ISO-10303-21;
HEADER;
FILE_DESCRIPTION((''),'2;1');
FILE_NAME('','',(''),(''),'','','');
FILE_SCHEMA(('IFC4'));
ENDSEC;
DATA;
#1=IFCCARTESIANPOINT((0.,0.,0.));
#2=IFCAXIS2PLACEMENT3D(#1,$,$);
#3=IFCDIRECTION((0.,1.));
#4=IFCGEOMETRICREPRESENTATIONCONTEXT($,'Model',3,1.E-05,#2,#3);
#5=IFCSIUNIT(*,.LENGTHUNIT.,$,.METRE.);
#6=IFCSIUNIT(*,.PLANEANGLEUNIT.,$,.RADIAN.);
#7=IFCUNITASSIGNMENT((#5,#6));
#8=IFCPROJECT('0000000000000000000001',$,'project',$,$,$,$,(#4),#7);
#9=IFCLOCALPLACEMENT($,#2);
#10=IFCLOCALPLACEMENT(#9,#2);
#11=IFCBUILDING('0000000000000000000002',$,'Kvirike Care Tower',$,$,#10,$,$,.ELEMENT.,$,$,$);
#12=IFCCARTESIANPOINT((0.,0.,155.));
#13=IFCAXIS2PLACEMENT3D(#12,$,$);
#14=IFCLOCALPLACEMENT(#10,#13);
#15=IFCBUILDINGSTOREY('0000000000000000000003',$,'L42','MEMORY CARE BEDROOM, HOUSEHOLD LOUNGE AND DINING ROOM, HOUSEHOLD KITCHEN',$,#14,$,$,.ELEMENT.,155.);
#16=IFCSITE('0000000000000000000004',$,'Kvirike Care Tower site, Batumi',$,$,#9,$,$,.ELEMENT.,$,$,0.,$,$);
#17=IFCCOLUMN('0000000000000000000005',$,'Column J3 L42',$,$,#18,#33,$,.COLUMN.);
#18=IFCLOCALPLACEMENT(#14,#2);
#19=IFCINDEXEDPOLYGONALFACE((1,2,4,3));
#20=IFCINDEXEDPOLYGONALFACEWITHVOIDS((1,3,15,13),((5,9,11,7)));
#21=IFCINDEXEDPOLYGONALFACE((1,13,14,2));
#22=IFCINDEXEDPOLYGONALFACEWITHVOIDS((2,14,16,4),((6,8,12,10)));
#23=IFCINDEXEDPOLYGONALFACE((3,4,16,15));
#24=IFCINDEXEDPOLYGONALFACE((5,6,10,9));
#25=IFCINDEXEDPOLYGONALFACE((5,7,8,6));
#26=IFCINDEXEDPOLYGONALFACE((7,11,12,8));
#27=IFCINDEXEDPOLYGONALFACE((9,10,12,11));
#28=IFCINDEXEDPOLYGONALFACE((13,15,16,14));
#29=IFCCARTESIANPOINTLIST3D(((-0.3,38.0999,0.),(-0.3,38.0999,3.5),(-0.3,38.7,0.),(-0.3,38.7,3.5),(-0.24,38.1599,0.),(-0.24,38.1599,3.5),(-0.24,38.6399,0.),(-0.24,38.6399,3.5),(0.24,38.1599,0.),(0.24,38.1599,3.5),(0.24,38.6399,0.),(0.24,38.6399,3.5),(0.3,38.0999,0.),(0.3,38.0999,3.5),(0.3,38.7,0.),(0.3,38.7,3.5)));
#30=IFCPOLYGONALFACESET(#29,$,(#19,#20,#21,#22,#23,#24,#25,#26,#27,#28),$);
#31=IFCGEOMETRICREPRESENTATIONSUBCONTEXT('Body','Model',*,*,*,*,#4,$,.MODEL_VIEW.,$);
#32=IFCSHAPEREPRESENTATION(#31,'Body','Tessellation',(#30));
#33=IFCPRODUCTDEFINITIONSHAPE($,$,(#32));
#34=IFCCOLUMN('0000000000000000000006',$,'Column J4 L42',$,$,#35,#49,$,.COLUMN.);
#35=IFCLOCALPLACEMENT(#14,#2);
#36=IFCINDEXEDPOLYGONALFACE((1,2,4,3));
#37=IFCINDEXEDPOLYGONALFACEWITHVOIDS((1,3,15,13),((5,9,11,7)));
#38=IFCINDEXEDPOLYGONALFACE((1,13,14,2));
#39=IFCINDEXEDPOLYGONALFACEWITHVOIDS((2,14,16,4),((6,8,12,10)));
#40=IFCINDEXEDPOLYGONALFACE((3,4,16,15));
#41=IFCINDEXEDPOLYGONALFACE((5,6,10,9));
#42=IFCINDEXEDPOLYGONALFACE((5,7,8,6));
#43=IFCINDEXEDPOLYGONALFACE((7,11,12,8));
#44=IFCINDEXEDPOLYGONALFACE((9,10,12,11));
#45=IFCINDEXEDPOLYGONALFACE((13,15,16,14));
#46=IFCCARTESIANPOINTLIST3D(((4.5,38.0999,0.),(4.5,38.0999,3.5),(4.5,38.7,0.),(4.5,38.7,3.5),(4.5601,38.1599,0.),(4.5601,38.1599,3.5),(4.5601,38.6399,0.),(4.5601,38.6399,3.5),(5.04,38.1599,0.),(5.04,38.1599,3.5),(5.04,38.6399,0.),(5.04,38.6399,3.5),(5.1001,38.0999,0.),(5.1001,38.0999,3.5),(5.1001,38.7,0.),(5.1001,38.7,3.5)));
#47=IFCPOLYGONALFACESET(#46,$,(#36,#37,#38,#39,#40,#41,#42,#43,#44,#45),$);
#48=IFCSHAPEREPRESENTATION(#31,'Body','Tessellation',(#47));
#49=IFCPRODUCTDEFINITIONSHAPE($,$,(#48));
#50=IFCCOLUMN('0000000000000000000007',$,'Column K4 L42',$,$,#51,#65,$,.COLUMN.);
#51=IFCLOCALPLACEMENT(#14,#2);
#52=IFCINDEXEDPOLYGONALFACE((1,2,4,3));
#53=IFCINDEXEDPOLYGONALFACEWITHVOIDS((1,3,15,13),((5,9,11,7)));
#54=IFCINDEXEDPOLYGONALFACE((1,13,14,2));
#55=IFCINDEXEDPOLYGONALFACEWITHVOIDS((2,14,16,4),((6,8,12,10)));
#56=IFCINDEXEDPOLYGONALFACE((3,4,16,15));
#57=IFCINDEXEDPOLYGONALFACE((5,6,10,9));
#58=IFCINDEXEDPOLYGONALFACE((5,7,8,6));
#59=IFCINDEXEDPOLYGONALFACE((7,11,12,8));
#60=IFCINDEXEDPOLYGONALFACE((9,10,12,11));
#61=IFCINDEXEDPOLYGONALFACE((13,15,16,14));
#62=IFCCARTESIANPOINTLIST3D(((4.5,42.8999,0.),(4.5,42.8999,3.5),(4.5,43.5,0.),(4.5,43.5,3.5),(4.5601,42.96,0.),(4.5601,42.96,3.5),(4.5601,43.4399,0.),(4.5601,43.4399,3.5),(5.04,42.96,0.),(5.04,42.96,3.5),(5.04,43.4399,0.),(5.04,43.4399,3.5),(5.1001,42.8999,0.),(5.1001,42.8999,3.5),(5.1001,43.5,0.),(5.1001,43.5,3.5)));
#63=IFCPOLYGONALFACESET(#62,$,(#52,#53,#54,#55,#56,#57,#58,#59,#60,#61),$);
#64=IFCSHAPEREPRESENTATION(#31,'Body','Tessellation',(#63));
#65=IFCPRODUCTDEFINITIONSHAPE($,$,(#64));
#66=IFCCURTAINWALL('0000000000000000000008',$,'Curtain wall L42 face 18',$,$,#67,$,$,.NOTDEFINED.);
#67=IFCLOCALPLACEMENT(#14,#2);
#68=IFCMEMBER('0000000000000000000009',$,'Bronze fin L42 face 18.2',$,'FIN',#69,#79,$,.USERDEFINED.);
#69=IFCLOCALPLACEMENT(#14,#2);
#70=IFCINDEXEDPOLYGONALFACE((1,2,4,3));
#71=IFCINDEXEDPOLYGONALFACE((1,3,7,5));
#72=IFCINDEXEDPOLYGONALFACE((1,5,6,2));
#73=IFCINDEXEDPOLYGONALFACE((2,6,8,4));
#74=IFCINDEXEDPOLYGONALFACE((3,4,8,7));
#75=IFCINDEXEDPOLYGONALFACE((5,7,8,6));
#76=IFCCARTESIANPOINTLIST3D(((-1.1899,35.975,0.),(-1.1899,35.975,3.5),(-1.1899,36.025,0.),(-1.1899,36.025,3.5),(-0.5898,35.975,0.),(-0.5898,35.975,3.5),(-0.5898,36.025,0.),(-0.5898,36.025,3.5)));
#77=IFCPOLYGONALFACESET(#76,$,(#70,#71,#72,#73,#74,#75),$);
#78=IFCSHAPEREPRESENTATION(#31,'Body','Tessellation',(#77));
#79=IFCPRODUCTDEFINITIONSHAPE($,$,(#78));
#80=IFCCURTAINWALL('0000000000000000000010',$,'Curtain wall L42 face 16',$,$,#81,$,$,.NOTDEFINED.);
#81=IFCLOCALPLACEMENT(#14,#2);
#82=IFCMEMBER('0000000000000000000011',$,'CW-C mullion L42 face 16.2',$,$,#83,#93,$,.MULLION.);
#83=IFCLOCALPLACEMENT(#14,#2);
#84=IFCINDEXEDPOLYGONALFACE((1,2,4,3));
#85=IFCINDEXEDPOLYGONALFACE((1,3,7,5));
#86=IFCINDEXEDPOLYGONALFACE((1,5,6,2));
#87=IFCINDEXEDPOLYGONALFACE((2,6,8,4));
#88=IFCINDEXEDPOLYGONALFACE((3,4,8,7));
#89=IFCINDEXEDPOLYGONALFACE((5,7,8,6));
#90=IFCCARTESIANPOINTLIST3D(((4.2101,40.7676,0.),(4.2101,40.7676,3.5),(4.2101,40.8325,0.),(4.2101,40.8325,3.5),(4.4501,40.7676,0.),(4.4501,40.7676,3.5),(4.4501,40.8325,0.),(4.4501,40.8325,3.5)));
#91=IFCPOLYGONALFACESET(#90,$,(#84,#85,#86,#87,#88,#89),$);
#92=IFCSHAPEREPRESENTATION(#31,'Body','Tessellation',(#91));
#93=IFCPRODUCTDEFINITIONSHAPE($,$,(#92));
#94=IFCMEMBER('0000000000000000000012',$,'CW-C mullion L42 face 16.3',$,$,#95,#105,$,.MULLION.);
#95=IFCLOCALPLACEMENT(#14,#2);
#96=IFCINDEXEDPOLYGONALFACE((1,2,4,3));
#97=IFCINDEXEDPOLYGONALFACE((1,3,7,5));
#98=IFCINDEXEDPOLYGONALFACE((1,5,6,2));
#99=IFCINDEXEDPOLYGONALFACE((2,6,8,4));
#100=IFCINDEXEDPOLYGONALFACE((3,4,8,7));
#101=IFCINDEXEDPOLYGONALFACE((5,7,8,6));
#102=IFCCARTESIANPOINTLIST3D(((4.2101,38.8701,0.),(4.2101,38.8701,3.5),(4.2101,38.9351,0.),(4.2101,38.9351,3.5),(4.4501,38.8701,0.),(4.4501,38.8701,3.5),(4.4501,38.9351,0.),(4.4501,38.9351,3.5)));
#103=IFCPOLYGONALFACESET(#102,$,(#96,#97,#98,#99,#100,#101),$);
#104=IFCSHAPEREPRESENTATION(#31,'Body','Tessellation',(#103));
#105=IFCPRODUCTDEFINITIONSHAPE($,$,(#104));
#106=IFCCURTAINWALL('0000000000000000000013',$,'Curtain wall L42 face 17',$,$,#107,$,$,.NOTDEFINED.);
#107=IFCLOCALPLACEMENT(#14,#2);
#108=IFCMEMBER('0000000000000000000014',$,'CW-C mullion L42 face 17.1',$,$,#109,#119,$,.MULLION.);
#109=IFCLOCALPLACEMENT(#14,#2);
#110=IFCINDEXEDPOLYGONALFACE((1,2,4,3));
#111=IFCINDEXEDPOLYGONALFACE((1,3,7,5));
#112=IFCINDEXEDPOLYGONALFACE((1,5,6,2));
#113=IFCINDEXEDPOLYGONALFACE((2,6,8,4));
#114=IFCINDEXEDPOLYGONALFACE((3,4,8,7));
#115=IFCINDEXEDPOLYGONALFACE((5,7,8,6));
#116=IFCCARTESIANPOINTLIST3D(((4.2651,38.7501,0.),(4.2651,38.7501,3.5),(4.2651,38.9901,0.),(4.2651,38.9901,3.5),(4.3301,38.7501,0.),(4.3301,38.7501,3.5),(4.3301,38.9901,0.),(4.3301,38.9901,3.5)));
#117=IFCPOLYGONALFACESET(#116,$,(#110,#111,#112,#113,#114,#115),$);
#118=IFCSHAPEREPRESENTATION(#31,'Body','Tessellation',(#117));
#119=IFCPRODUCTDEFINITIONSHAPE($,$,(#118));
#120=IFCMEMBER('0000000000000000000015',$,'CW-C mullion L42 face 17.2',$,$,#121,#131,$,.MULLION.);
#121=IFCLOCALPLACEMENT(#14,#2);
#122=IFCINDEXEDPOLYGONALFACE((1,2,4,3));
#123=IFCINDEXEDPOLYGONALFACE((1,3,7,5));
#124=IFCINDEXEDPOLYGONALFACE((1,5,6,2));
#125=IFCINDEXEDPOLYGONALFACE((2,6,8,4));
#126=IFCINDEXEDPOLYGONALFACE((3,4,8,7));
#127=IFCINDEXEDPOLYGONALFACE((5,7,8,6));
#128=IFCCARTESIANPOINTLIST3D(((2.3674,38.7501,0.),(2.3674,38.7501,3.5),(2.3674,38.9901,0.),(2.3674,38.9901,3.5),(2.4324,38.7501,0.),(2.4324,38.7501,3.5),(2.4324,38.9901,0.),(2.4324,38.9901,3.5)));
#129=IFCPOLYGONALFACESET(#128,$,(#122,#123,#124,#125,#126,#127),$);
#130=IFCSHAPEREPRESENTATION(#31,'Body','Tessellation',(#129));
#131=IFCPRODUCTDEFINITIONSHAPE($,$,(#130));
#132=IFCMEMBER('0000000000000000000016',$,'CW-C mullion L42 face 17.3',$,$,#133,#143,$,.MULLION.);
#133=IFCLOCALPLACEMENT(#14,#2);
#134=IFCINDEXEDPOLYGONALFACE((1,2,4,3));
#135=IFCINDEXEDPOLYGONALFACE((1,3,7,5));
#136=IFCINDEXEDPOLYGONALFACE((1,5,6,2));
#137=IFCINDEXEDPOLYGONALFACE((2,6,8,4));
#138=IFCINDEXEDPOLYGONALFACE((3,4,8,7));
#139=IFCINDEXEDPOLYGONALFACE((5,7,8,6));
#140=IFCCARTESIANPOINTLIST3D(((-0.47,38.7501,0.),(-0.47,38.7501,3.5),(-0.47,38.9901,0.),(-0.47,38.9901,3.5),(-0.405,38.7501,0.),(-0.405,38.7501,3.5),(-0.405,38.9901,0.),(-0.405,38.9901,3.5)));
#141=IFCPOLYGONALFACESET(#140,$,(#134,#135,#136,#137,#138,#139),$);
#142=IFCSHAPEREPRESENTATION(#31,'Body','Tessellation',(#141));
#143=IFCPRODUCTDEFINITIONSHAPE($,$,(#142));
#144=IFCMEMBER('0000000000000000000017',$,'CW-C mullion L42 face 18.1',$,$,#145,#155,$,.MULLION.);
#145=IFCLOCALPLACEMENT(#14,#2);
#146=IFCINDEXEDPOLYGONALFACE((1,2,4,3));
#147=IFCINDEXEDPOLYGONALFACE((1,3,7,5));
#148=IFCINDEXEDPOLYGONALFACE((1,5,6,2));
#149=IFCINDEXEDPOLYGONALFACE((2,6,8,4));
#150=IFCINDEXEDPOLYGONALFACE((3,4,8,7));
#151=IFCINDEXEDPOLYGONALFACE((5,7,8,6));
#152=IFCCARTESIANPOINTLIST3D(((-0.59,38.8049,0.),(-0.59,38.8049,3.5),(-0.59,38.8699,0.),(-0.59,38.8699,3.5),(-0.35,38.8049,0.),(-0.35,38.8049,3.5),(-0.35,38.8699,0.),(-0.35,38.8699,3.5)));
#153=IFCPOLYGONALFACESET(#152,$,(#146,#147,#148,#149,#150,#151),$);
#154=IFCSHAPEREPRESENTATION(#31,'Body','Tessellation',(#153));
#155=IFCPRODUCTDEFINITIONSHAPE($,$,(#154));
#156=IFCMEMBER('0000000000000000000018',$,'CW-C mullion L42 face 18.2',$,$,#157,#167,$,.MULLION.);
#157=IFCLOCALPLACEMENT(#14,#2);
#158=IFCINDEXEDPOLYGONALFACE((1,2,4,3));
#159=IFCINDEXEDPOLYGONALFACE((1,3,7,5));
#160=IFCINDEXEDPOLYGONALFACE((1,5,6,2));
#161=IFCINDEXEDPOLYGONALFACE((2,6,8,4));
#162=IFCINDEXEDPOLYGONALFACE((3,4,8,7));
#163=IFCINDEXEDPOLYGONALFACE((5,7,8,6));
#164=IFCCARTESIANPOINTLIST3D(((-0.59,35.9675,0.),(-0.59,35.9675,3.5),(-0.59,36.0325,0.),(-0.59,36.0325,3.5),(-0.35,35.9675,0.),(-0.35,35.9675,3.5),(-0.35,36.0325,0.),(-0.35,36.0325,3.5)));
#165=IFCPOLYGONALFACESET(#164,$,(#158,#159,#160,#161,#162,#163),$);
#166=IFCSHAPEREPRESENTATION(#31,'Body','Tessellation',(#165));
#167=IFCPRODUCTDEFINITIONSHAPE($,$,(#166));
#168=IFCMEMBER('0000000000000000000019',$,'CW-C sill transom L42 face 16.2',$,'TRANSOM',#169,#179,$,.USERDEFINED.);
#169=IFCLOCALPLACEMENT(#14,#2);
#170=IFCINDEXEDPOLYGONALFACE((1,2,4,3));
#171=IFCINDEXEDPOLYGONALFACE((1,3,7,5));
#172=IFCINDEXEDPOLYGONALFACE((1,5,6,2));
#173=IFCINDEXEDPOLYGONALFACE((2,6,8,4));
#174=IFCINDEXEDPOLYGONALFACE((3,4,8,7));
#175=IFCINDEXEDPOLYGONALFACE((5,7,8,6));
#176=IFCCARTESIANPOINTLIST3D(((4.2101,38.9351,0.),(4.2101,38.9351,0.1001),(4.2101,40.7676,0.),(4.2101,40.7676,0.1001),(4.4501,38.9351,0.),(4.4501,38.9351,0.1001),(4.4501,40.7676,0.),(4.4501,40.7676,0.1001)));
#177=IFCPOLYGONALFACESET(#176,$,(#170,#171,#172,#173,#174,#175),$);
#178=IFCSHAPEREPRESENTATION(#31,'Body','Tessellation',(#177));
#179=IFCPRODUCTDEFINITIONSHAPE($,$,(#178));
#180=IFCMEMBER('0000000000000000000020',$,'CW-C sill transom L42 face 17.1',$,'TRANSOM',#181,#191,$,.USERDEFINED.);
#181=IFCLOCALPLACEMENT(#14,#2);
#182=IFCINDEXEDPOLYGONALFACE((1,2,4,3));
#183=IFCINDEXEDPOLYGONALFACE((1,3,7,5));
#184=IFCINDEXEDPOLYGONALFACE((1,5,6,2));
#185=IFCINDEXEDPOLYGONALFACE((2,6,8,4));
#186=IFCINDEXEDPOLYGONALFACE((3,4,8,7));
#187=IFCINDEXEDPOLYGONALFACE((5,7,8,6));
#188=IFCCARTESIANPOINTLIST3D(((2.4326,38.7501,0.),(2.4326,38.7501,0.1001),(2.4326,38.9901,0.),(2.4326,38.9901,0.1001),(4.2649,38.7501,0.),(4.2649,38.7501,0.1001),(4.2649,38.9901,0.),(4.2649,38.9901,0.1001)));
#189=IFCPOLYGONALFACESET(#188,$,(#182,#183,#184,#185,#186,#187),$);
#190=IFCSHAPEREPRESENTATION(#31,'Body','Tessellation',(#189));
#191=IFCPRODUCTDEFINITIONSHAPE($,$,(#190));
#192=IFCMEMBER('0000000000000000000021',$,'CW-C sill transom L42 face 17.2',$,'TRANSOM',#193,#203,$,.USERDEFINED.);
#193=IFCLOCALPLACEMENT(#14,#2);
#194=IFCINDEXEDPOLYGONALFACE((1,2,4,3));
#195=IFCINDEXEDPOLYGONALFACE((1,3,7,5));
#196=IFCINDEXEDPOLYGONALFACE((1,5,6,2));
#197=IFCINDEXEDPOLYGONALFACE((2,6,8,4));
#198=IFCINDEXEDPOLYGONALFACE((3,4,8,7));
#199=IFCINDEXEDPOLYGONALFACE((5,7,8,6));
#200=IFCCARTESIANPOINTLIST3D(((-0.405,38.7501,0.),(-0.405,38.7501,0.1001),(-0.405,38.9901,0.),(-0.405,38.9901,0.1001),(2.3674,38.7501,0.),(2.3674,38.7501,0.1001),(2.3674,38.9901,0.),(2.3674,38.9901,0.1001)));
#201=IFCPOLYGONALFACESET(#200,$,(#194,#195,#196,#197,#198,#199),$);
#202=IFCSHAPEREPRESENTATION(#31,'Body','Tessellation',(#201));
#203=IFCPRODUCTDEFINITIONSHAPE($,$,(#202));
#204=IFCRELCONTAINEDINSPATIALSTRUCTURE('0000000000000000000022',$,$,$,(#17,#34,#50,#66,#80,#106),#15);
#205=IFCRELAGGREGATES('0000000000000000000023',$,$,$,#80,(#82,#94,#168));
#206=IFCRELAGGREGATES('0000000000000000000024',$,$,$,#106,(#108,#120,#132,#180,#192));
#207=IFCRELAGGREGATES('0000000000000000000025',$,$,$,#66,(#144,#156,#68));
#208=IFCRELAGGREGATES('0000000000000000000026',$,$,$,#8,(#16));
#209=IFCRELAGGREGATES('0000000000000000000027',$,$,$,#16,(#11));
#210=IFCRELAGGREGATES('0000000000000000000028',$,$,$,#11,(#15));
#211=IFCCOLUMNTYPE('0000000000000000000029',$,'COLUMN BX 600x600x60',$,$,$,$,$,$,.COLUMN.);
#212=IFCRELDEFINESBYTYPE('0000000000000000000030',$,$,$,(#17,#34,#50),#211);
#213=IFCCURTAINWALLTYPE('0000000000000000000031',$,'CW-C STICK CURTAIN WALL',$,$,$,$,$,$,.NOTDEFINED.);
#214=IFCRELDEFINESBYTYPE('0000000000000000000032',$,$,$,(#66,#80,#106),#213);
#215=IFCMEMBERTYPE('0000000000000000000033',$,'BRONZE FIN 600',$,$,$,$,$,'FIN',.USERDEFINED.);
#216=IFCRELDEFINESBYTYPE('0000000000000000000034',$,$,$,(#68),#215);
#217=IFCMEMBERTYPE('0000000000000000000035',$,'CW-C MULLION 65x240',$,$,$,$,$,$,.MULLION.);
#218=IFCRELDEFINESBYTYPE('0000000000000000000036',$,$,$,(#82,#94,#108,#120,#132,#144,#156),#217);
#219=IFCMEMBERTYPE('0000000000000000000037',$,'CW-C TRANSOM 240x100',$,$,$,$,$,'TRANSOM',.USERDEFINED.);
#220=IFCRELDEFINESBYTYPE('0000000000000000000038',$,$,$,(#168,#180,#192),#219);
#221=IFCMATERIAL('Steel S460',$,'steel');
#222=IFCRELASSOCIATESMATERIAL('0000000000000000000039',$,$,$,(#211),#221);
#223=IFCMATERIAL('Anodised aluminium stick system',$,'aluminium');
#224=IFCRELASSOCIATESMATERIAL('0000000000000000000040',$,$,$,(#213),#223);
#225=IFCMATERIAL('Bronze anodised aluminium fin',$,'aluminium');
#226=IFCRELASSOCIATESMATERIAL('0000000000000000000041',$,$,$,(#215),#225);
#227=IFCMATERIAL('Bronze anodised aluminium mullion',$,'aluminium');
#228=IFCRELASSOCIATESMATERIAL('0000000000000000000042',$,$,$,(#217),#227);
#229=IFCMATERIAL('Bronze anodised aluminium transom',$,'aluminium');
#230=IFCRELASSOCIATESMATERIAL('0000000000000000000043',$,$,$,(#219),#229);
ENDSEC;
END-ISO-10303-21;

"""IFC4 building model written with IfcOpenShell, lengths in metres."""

from ifc_helpers import new_model, si_unit, direction, frame, origin, origin_2d, place, context, subcontext, project, spatial, rectangle, hollow_rectangle, extrude, material, material_profile, profile_set, type_object, element, aggregate, save


model = new_model("IFC4")

# Units and contexts
model_context = context("Model", 3, precision=1e-05, world=origin(), true_north=direction((0.0, 1.0)))
body_context = subcontext(model_context, "Body", "Model", "MODEL_VIEW")
ifc_project = project(units=[si_unit("LENGTHUNIT", "METRE"), si_unit("PLANEANGLEUNIT", "RADIAN")], contexts=[model_context])

# Site, building, storey
site_placement = place(None, origin())
site = spatial("IfcSite", under=ifc_project, at=site_placement, Name="Kvirike Care Tower site, Batumi", CompositionType="ELEMENT", RefElevation=0.0)
building_placement = place(site_placement, origin())
building = spatial("IfcBuilding", under=site, at=building_placement, Name="Kvirike Care Tower", CompositionType="ELEMENT")
storey_placement = place(building_placement, frame((0.0, 0.0, 155.0)))
storey = spatial("IfcBuildingStorey", under=building, at=storey_placement, Name="L42", Description="MEMORY CARE BEDROOM, HOUSEHOLD LOUNGE AND DINING ROOM, HOUSEHOLD KITCHEN", CompositionType="ELEMENT", Elevation=155.0)

# Columns
ifc_material_1 = material(Name="Steel S460", Category="steel")
ifc_material_profile_1 = material_profile(ifc_material_1, hollow_rectangle(XDim=0.6001, YDim=0.6001, WallThickness=0.0601, at=origin_2d()), Name="BX 600x600x60")
ifc_profile_set_1 = profile_set([ifc_material_profile_1], Name="Steel S460")
column_type = type_object("IfcColumnType", Name="COLUMN BX 600x600x60", PredefinedType="COLUMN", material=ifc_profile_set_1)
for number, where, z_axis, x_axis, name in (
    (1, (0.0, 38.3999, 0.0), (0.0, 0.0, 1.0), (0.0, 1.0, 0.0), "Column J3 L42"),
    (2, (4.8, 38.3999, 0.0), (0.0, 0.0, 1.0), (0.0, 1.0, 0.0), "Column J4 L42"),
    (3, (4.8, 43.2, 0.0), (0.0, 0.0, 1.0), (0.0, 1.0, 0.0), "Column K4 L42"),
):
    element("IfcColumn", number, at=place(storey_placement, frame(where, z_axis=z_axis, x_axis=x_axis)), inside=storey, type_object=column_type, Name=name, PredefinedType="COLUMN", context=body_context, shape_type="SweptSolid", body=[
        extrude(hollow_rectangle(XDim=0.6001, YDim=0.6001, WallThickness=0.0601, at=origin_2d()), origin(), (0.0, 0.0, 1.0), 3.5),
    ])

# Curtain wall, member
ifc_material_2 = material(Name="Anodised aluminium stick system", Category="aluminium")
curtain_wall_type = type_object("IfcCurtainWallType", Name="CW-C STICK CURTAIN WALL", PredefinedType="NOTDEFINED", material=ifc_material_2)
curtain_wall_1_placement = place(storey_placement, origin())
curtain_wall_1 = element("IfcCurtainWall", 4, at=curtain_wall_1_placement, inside=storey, type_object=curtain_wall_type, Name="Curtain wall L42 face 18", PredefinedType="NOTDEFINED")
ifc_material_3 = material(Name="Bronze anodised aluminium fin", Category="aluminium")
ifc_material_profile_2 = material_profile(ifc_material_3, rectangle(XDim=0.05, YDim=0.6001, at=origin_2d()), Name="BRONZE FIN 600")
ifc_profile_set_2 = profile_set([ifc_material_profile_2], Name="Bronze anodised aluminium fin")
member_type_1 = type_object("IfcMemberType", Name="BRONZE FIN 600", ElementType="FIN", PredefinedType="USERDEFINED", material=ifc_profile_set_2)
member_1_placement = place(storey_placement, frame((-0.8899, 36.0, 0.0), z_axis=(0.0, 0.0, 1.0), x_axis=(0.0, -1.0, 0.0)))
member_1 = element("IfcMember", 5, at=member_1_placement, type_object=member_type_1, Name="Bronze fin L42 face 18.2", ObjectType="FIN", PredefinedType="USERDEFINED", context=body_context, shape_type="SweptSolid", body=[
    extrude(rectangle(XDim=0.05, YDim=0.6001, at=origin_2d()), origin(), (0.0, 0.0, 1.0), 3.5),
])

# Curtain walls, members
curtain_wall_2_placement = place(storey_placement, origin())
curtain_wall_2 = element("IfcCurtainWall", 6, at=curtain_wall_2_placement, inside=storey, type_object=curtain_wall_type, Name="Curtain wall L42 face 16", PredefinedType="NOTDEFINED")
ifc_material_4 = material(Name="Bronze anodised aluminium mullion", Category="aluminium")
ifc_material_profile_3 = material_profile(ifc_material_4, rectangle(XDim=0.0649, YDim=0.24, at=origin_2d()), Name="CW-C MULLION 65x240")
ifc_profile_set_3 = profile_set([ifc_material_profile_3], Name="Bronze anodised aluminium mullion")
member_type_2 = type_object("IfcMemberType", Name="CW-C MULLION 65x240", PredefinedType="MULLION", material=ifc_profile_set_3)
member_2_placement = place(storey_placement, frame((4.3301, 40.8, 0.0), z_axis=(0.0, 0.0, 1.0), x_axis=(0.0, -1.0, 0.0)))
member_2 = element("IfcMember", 7, at=member_2_placement, type_object=member_type_2, Name="CW-C mullion L42 face 16.2", PredefinedType="MULLION", context=body_context, shape_type="SweptSolid", body=[
    extrude(rectangle(XDim=0.0649, YDim=0.24, at=origin_2d()), origin(), (0.0, 0.0, 1.0), 3.5),
])
member_3_placement = place(storey_placement, frame((4.3301, 38.9026, 0.0), z_axis=(0.0, 0.0, 1.0), x_axis=(0.0, -1.0, 0.0)))
member_3 = element("IfcMember", 8, at=member_3_placement, type_object=member_type_2, Name="CW-C mullion L42 face 16.3", PredefinedType="MULLION", context=body_context, shape_type="SweptSolid", body=[
    extrude(rectangle(XDim=0.0649, YDim=0.24, at=origin_2d()), origin(), (0.0, 0.0, 1.0), 3.5),
])
curtain_wall_3_placement = place(storey_placement, origin())
curtain_wall_3 = element("IfcCurtainWall", 9, at=curtain_wall_3_placement, inside=storey, type_object=curtain_wall_type, Name="Curtain wall L42 face 17", PredefinedType="NOTDEFINED")
member_4_placement = place(storey_placement, frame((4.2976, 38.8701, 0.0), z_axis=(0.0, 0.0, 1.0), x_axis=(-1.0, 0.0, 0.0)))
member_4 = element("IfcMember", 10, at=member_4_placement, type_object=member_type_2, Name="CW-C mullion L42 face 17.1", PredefinedType="MULLION", context=body_context, shape_type="SweptSolid", body=[
    extrude(rectangle(XDim=0.0649, YDim=0.24, at=origin_2d()), origin(), (0.0, 0.0, 1.0), 3.5),
])
member_5_placement = place(storey_placement, frame((2.3999, 38.8701, 0.0), z_axis=(0.0, 0.0, 1.0), x_axis=(-1.0, 0.0, 0.0)))
member_5 = element("IfcMember", 11, at=member_5_placement, type_object=member_type_2, Name="CW-C mullion L42 face 17.2", PredefinedType="MULLION", context=body_context, shape_type="SweptSolid", body=[
    extrude(rectangle(XDim=0.0649, YDim=0.24, at=origin_2d()), origin(), (0.0, 0.0, 1.0), 3.5),
])
member_6_placement = place(storey_placement, frame((-0.4375, 38.8701, 0.0), z_axis=(0.0, 0.0, 1.0), x_axis=(-1.0, 0.0, 0.0)))
member_6 = element("IfcMember", 12, at=member_6_placement, type_object=member_type_2, Name="CW-C mullion L42 face 17.3", PredefinedType="MULLION", context=body_context, shape_type="SweptSolid", body=[
    extrude(rectangle(XDim=0.0649, YDim=0.24, at=origin_2d()), origin(), (0.0, 0.0, 1.0), 3.5),
])

# Members
member_7_placement = place(storey_placement, frame((-0.47, 38.8374, 0.0), z_axis=(0.0, 0.0, 1.0), x_axis=(0.0, -1.0, 0.0)))
member_7 = element("IfcMember", 13, at=member_7_placement, type_object=member_type_2, Name="CW-C mullion L42 face 18.1", PredefinedType="MULLION", context=body_context, shape_type="SweptSolid", body=[
    extrude(rectangle(XDim=0.0649, YDim=0.24, at=origin_2d()), origin(), (0.0, 0.0, 1.0), 3.5),
])
member_8_placement = place(storey_placement, frame((-0.47, 36.0, 0.0), z_axis=(0.0, 0.0, 1.0), x_axis=(0.0, -1.0, 0.0)))
member_8 = element("IfcMember", 14, at=member_8_placement, type_object=member_type_2, Name="CW-C mullion L42 face 18.2", PredefinedType="MULLION", context=body_context, shape_type="SweptSolid", body=[
    extrude(rectangle(XDim=0.0649, YDim=0.24, at=origin_2d()), origin(), (0.0, 0.0, 1.0), 3.5),
])
ifc_material_5 = material(Name="Bronze anodised aluminium transom", Category="aluminium")
ifc_material_profile_4 = material_profile(ifc_material_5, rectangle(XDim=0.24, YDim=0.1001, at=origin_2d()), Name="CW-C TRANSOM 240x100")
ifc_profile_set_4 = profile_set([ifc_material_profile_4], Name="Bronze anodised aluminium transom")
member_type_3 = type_object("IfcMemberType", Name="CW-C TRANSOM 240x100", ElementType="TRANSOM", PredefinedType="USERDEFINED", material=ifc_profile_set_4)
member_9_placement = place(storey_placement, frame((4.3301, 40.7676, 0.05), z_axis=(0.0, -1.0, 0.0), x_axis=(1.0, 0.0, 0.0)))
member_9 = element("IfcMember", 15, at=member_9_placement, type_object=member_type_3, Name="CW-C sill transom L42 face 16.2", ObjectType="TRANSOM", PredefinedType="USERDEFINED", context=body_context, shape_type="SweptSolid", body=[
    extrude(rectangle(XDim=0.24, YDim=0.1001, at=origin_2d()), origin(), (0.0, 0.0, 1.0), 1.8325),
])
member_10_placement = place(storey_placement, frame((4.2649, 38.8701, 0.05), z_axis=(-1.0, 0.0, 0.0), x_axis=(0.0, -1.0, 0.0)))
member_10 = element("IfcMember", 16, at=member_10_placement, type_object=member_type_3, Name="CW-C sill transom L42 face 17.1", ObjectType="TRANSOM", PredefinedType="USERDEFINED", context=body_context, shape_type="SweptSolid", body=[
    extrude(rectangle(XDim=0.24, YDim=0.1001, at=origin_2d()), origin(), (0.0, 0.0, 1.0), 1.8323),
])
member_11_placement = place(storey_placement, frame((2.3674, 38.8701, 0.05), z_axis=(-1.0, 0.0, 0.0), x_axis=(0.0, -1.0, 0.0)))
member_11 = element("IfcMember", 17, at=member_11_placement, type_object=member_type_3, Name="CW-C sill transom L42 face 17.2", ObjectType="TRANSOM", PredefinedType="USERDEFINED", context=body_context, shape_type="SweptSolid", body=[
    extrude(rectangle(XDim=0.24, YDim=0.1001, at=origin_2d()), origin(), (0.0, 0.0, 1.0), 2.7725),
])

aggregate(curtain_wall_2, [member_2, member_3, member_9])
aggregate(curtain_wall_3, [member_4, member_5, member_6, member_10, member_11])
aggregate(curtain_wall_1, [member_7, member_8, member_1])

save(model, "model.ifc")
